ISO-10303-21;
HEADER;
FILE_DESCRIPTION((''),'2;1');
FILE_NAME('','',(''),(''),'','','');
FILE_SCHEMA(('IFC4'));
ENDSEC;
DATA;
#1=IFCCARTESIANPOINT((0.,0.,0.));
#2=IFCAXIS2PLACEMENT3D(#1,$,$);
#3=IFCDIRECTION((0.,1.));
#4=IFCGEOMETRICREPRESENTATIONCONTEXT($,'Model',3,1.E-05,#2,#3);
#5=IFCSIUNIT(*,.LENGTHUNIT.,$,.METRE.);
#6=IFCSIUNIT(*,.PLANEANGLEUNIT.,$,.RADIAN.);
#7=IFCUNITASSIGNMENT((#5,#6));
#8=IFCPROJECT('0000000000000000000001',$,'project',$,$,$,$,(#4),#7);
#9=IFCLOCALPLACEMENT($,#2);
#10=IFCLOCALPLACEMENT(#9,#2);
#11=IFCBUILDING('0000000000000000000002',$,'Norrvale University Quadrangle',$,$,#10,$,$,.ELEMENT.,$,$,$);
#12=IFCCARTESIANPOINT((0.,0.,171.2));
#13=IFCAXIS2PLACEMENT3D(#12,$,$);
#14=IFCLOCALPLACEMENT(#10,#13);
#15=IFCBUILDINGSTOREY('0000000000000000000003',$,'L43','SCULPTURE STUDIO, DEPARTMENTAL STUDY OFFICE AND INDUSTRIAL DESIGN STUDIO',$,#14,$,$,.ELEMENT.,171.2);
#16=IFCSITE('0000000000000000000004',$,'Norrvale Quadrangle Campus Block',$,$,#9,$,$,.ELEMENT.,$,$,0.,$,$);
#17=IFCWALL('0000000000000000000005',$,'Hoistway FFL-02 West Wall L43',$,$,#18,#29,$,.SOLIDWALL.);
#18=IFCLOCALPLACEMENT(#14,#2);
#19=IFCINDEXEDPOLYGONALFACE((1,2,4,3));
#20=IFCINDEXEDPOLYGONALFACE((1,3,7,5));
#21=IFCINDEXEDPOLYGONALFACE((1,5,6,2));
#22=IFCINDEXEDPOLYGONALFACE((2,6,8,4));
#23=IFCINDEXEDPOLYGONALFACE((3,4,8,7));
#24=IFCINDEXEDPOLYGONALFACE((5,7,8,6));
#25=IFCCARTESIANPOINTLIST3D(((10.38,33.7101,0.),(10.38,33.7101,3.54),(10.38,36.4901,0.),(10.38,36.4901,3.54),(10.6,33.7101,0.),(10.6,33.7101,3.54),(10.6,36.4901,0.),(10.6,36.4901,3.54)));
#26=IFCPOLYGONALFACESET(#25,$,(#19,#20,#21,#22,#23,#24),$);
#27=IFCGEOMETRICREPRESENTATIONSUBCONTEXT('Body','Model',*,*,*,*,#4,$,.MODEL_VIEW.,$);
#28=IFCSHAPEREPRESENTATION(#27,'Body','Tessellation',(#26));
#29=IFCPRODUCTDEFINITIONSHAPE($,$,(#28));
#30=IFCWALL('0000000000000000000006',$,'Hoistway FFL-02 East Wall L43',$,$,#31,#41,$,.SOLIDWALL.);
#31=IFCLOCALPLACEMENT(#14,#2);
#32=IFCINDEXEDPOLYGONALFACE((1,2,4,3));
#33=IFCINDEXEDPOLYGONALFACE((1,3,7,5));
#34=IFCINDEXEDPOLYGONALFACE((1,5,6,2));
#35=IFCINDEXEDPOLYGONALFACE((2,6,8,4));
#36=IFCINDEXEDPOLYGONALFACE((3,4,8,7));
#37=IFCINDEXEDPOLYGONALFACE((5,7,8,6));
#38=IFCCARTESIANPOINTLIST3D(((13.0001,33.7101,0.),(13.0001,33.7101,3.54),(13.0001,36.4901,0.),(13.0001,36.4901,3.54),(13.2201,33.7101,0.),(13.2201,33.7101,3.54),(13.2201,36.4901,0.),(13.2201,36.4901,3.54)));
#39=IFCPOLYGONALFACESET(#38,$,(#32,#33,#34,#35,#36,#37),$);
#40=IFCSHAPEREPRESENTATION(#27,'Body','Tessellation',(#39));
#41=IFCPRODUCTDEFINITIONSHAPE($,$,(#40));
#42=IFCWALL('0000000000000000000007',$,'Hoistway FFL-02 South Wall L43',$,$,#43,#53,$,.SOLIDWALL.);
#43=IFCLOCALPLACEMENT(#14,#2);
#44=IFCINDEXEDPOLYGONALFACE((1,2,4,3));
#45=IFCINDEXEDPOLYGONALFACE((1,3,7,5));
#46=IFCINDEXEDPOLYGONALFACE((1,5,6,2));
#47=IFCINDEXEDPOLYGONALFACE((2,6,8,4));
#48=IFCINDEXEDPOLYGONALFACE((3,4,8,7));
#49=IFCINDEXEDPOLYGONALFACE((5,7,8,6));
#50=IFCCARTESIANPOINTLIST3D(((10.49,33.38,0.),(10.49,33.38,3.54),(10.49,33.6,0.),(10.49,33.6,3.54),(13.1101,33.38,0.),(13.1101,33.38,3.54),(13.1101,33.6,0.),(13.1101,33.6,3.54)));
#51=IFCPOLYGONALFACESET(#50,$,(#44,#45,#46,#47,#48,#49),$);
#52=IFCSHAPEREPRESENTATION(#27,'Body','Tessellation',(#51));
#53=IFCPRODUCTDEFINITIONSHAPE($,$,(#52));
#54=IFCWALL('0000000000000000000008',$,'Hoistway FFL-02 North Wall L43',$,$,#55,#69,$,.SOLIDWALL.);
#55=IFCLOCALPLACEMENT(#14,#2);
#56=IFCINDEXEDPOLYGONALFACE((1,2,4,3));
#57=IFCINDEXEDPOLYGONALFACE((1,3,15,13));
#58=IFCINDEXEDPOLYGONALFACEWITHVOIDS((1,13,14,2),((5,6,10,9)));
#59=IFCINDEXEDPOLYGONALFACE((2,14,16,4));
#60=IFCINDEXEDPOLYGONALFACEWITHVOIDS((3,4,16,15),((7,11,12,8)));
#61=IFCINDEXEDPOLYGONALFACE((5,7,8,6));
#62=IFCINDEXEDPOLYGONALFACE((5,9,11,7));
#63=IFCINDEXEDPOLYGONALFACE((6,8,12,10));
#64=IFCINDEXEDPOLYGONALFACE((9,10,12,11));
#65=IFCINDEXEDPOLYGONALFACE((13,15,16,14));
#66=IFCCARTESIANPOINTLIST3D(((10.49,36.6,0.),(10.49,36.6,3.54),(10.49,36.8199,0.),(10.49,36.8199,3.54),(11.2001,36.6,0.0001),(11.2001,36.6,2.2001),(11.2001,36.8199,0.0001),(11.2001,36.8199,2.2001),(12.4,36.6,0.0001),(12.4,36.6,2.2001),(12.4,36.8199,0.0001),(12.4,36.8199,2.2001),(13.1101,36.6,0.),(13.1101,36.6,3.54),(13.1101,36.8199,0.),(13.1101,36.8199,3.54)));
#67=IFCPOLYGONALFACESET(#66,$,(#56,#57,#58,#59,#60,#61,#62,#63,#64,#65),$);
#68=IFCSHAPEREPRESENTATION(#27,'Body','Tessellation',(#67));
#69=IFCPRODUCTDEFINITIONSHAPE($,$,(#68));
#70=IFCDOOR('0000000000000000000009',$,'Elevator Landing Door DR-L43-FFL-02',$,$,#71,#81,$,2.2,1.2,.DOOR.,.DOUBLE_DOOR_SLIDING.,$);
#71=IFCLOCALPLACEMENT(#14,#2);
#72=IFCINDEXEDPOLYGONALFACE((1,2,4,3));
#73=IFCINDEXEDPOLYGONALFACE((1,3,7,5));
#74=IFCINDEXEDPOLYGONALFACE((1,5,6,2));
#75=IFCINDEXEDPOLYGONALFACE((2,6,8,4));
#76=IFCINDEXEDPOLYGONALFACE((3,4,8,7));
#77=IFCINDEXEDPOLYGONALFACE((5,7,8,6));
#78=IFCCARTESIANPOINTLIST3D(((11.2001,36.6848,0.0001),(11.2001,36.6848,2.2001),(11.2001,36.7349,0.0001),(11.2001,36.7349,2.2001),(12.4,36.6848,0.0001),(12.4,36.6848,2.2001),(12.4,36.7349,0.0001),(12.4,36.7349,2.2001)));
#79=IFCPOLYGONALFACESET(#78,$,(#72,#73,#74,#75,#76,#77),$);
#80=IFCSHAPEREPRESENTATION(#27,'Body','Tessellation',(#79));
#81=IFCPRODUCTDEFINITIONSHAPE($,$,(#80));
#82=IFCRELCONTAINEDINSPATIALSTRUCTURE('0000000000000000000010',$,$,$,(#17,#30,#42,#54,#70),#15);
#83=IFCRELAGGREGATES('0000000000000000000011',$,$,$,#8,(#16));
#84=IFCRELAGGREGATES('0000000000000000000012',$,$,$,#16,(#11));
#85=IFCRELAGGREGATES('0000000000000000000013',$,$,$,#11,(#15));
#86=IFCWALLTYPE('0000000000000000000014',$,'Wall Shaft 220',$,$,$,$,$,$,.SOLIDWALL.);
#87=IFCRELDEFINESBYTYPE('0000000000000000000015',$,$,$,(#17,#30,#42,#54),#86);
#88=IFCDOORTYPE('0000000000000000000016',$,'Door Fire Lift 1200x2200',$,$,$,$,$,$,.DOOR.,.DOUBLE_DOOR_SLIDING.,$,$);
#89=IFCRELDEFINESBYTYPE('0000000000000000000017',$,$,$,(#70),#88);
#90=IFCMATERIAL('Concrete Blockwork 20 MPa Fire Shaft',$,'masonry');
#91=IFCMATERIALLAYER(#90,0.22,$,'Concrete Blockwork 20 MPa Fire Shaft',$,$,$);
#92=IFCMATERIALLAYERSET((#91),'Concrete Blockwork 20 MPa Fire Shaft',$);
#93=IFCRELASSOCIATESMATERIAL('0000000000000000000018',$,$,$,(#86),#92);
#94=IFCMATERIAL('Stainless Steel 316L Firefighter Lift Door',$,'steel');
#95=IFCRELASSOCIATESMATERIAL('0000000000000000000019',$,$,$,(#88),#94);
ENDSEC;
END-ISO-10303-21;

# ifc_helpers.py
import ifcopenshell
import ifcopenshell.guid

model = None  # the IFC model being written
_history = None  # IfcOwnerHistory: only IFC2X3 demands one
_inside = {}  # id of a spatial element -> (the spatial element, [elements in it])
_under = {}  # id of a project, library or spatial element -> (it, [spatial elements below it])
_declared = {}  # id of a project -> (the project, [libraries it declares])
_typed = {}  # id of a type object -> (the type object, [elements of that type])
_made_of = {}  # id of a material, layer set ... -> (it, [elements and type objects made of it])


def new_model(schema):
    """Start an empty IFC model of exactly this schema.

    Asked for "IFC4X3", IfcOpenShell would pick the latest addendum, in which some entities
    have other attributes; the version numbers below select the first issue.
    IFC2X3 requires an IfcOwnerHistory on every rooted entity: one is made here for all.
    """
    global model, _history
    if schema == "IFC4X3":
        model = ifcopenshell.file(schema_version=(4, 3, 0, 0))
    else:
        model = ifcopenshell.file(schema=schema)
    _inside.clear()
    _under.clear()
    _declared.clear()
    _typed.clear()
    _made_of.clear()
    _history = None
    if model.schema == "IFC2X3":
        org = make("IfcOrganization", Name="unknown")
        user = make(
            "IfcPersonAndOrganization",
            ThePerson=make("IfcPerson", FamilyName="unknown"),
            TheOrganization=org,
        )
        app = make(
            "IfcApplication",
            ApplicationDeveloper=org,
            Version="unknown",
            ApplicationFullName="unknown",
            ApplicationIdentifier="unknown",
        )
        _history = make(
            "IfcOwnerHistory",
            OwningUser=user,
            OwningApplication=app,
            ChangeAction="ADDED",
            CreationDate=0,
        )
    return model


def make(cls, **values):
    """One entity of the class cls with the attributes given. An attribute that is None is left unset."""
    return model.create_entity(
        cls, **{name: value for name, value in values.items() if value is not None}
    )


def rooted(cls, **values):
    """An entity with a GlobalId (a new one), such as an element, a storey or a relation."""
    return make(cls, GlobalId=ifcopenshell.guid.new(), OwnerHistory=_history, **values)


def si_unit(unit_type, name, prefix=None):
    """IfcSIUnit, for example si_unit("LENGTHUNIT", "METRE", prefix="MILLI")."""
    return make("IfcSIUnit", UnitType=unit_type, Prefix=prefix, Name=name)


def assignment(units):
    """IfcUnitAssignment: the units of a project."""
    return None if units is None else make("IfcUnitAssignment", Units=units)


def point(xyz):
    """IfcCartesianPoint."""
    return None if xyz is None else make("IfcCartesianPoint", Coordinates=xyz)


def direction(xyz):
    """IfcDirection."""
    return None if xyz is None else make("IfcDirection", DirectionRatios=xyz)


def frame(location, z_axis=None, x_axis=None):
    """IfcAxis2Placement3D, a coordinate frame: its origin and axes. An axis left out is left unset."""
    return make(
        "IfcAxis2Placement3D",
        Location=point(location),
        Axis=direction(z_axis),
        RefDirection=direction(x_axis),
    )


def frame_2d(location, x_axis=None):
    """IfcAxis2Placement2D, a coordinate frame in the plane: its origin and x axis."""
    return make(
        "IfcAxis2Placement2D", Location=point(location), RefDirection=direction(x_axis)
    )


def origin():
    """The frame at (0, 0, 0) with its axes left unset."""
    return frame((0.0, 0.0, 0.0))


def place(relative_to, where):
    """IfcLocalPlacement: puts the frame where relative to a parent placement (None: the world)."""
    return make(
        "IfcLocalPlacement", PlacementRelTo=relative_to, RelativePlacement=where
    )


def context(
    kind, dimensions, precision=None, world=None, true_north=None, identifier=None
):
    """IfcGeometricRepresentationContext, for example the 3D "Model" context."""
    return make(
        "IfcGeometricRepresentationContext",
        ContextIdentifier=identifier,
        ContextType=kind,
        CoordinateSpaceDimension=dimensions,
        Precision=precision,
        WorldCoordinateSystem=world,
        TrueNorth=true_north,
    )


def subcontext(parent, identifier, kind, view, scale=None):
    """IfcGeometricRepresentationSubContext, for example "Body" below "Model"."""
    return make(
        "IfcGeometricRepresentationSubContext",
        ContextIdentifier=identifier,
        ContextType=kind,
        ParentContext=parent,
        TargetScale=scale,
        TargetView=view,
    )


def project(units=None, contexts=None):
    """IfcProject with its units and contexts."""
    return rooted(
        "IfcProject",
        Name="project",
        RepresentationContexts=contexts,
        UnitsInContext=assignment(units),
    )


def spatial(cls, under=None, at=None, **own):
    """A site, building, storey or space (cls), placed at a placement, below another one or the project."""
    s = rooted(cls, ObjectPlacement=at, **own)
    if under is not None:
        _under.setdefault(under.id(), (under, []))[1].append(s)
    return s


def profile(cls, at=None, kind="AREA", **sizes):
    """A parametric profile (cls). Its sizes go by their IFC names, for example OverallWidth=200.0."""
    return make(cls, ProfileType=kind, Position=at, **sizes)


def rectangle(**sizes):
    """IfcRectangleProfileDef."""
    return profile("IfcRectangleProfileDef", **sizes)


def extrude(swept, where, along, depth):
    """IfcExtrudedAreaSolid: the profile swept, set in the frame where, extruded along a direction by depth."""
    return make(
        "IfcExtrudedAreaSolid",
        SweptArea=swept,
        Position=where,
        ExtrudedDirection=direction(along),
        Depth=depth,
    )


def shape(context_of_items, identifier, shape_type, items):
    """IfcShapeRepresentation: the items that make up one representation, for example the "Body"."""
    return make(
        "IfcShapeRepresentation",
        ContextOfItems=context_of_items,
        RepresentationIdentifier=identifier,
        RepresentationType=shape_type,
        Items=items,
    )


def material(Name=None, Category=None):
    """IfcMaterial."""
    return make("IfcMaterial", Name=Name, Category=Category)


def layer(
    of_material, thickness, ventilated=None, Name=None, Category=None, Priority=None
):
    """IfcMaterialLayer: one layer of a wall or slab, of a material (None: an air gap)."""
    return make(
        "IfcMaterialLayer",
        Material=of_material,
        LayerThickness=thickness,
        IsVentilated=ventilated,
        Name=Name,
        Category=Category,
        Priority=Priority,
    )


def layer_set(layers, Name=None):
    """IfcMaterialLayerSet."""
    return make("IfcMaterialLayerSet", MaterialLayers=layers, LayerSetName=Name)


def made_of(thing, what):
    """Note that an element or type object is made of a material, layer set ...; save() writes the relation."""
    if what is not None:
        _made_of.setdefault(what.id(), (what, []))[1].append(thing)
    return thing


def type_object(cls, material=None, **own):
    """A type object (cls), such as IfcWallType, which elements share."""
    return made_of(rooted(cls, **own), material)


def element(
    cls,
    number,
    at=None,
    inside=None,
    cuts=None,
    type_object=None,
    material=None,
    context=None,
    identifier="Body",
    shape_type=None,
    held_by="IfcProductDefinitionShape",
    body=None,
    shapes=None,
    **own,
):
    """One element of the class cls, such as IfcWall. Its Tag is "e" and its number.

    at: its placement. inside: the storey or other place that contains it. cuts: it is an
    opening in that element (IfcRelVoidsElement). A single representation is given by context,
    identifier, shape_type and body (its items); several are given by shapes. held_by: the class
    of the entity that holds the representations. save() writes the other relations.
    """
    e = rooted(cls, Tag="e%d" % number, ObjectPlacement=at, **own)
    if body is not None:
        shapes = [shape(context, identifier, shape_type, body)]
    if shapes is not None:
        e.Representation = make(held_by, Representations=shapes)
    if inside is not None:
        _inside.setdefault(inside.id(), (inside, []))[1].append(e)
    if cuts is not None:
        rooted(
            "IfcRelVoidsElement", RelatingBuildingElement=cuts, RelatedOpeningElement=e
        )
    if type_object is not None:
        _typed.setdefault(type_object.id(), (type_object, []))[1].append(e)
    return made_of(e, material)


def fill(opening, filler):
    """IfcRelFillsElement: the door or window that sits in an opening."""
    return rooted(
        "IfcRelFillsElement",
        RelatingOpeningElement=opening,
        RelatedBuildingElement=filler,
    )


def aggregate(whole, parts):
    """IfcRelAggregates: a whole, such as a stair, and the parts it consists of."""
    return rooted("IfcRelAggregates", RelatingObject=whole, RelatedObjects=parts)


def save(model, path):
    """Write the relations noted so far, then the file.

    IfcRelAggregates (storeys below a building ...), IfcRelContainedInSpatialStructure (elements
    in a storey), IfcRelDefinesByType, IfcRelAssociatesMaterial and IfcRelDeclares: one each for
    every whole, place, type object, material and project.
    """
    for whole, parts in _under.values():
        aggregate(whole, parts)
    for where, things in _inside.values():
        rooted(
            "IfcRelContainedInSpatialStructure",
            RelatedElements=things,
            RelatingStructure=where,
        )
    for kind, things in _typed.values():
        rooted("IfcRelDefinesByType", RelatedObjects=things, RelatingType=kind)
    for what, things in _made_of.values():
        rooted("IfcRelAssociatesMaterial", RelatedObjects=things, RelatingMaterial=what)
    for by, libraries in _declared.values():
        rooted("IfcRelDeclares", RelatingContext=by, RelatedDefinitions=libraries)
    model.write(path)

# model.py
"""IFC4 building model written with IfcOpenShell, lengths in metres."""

from ifc_helpers import new_model, si_unit, direction, frame, frame_2d, origin, place, context, subcontext, project, spatial, rectangle, extrude, material, layer, layer_set, type_object, element, fill, save


model = new_model("IFC4")

# Units and contexts
model_context = context("Model", 3, precision=1e-05, world=origin(), true_north=direction((0.0, 1.0)))
body_context = subcontext(model_context, "Body", "Model", "MODEL_VIEW")
ifc_project = project(units=[si_unit("LENGTHUNIT", "METRE"), si_unit("PLANEANGLEUNIT", "RADIAN")], contexts=[model_context])

# Site, building, storey
site_placement = place(None, origin())
site = spatial("IfcSite", under=ifc_project, at=site_placement, Name="Norrvale Quadrangle Campus Block", CompositionType="ELEMENT", RefElevation=0.0)
building_placement = place(site_placement, origin())
building = spatial("IfcBuilding", under=site, at=building_placement, Name="Norrvale University Quadrangle", CompositionType="ELEMENT")
storey_placement = place(building_placement, frame((0.0, 0.0, 171.2)))
storey = spatial("IfcBuildingStorey", under=building, at=storey_placement, Name="L43", Description="SCULPTURE STUDIO, DEPARTMENTAL STUDY OFFICE AND INDUSTRIAL DESIGN STUDIO", CompositionType="ELEMENT", Elevation=171.2)

# Shared definitions
ifc_material_1 = material(Name="Concrete Blockwork 20 MPa Fire Shaft", Category="masonry")
ifc_layer_1 = layer(ifc_material_1, 0.22, Name="Concrete Blockwork 20 MPa Fire Shaft")
ifc_layer_set_1 = layer_set([ifc_layer_1], Name="Concrete Blockwork 20 MPa Fire Shaft")
wall_type_1 = type_object("IfcWallType", Name="Wall Shaft 220", PredefinedType="SOLIDWALL", material=ifc_layer_set_1)

# Shared definitions
ifc_material_2 = material(Name="Stainless Steel 316L Firefighter Lift Door", Category="steel")
door_type_1 = type_object("IfcDoorType", Name="Door Fire Lift 1200x2200", OperationType="DOUBLE_DOOR_SLIDING", PredefinedType="DOOR", material=ifc_material_2)

# Walls
for number, where, z_axis, x_axis, name in (
    (1, (10.49, 33.71, 0.0), (0.0, 0.0, 1.0), (0.0, 1.0, 0.0), "Hoistway FFL-02 West Wall L43"),
    (2, (13.1101, 33.71, 0.0), (0.0, 0.0, 1.0), (0.0, 1.0, 0.0), "Hoistway FFL-02 East Wall L43"),
):
    element("IfcWall", number, at=place(storey_placement, frame(where, z_axis=z_axis, x_axis=x_axis)), inside=storey, type_object=wall_type_1, Name=name, PredefinedType="SOLIDWALL", context=body_context, shape_type="SweptSolid", body=[
        extrude(rectangle(XDim=2.78, YDim=0.22, at=frame_2d((1.3901, 0.0))), origin(), (0.0, 0.0, 1.0), 3.54),
    ])
wall_1_placement = place(storey_placement, frame((10.49, 33.49, 0.0), z_axis=(0.0, 0.0, 1.0), x_axis=(1.0, 0.0, 0.0)))
element("IfcWall", 3, at=wall_1_placement, inside=storey, type_object=wall_type_1, Name="Hoistway FFL-02 South Wall L43", PredefinedType="SOLIDWALL", context=body_context, shape_type="SweptSolid", body=[
    extrude(rectangle(XDim=2.6201, YDim=0.22, at=frame_2d((1.3101, 0.0))), origin(), (0.0, 0.0, 1.0), 3.54),
])

# Wall, opening, door
wall_2_placement = place(storey_placement, frame((10.49, 36.71, 0.0), z_axis=(0.0, 0.0, 1.0), x_axis=(1.0, 0.0, 0.0)))
wall_2 = element("IfcWall", 4, at=wall_2_placement, inside=storey, type_object=wall_type_1, Name="Hoistway FFL-02 North Wall L43", PredefinedType="SOLIDWALL", context=body_context, shape_type="SweptSolid", body=[
    extrude(rectangle(XDim=2.6201, YDim=0.22, at=frame_2d((1.3101, 0.0))), origin(), (0.0, 0.0, 1.0), 3.54),
])
opening_1_placement = place(wall_2_placement, frame((0.71, 0.0, 0.0)))
opening_1 = element("IfcOpeningElement", 5, at=opening_1_placement, cuts=wall_2, PredefinedType="OPENING", context=body_context, shape_type="SweptSolid", body=[
    extrude(rectangle(XDim=1.2, YDim=2.2, at=frame_2d((0.6001, 1.1001))), frame((0.0, 0.1221, 0.0), z_axis=(0.0, -1.0, 0.0), x_axis=(1.0, 0.0, 0.0)), (0.0, 0.0, 1.0), 0.2439),
])
door_1_placement = place(opening_1_placement, origin())
door_1 = element("IfcDoor", 6, at=door_1_placement, inside=storey, type_object=door_type_1, Name="Elevator Landing Door DR-L43-FFL-02", OperationType="DOUBLE_DOOR_SLIDING", OverallHeight=2.2, OverallWidth=1.2, PredefinedType="DOOR", context=body_context, shape_type="SweptSolid", body=[
    extrude(rectangle(XDim=1.2, YDim=2.2, at=frame_2d((0.6001, 1.1001))), frame((0.0, 0.0249, 0.0), z_axis=(0.0, -1.0, 0.0), x_axis=(1.0, 0.0, 0.0)), (0.0, 0.0, 1.0), 0.05),
])
fill(opening_1, door_1)

save(model, "model.ifc")
